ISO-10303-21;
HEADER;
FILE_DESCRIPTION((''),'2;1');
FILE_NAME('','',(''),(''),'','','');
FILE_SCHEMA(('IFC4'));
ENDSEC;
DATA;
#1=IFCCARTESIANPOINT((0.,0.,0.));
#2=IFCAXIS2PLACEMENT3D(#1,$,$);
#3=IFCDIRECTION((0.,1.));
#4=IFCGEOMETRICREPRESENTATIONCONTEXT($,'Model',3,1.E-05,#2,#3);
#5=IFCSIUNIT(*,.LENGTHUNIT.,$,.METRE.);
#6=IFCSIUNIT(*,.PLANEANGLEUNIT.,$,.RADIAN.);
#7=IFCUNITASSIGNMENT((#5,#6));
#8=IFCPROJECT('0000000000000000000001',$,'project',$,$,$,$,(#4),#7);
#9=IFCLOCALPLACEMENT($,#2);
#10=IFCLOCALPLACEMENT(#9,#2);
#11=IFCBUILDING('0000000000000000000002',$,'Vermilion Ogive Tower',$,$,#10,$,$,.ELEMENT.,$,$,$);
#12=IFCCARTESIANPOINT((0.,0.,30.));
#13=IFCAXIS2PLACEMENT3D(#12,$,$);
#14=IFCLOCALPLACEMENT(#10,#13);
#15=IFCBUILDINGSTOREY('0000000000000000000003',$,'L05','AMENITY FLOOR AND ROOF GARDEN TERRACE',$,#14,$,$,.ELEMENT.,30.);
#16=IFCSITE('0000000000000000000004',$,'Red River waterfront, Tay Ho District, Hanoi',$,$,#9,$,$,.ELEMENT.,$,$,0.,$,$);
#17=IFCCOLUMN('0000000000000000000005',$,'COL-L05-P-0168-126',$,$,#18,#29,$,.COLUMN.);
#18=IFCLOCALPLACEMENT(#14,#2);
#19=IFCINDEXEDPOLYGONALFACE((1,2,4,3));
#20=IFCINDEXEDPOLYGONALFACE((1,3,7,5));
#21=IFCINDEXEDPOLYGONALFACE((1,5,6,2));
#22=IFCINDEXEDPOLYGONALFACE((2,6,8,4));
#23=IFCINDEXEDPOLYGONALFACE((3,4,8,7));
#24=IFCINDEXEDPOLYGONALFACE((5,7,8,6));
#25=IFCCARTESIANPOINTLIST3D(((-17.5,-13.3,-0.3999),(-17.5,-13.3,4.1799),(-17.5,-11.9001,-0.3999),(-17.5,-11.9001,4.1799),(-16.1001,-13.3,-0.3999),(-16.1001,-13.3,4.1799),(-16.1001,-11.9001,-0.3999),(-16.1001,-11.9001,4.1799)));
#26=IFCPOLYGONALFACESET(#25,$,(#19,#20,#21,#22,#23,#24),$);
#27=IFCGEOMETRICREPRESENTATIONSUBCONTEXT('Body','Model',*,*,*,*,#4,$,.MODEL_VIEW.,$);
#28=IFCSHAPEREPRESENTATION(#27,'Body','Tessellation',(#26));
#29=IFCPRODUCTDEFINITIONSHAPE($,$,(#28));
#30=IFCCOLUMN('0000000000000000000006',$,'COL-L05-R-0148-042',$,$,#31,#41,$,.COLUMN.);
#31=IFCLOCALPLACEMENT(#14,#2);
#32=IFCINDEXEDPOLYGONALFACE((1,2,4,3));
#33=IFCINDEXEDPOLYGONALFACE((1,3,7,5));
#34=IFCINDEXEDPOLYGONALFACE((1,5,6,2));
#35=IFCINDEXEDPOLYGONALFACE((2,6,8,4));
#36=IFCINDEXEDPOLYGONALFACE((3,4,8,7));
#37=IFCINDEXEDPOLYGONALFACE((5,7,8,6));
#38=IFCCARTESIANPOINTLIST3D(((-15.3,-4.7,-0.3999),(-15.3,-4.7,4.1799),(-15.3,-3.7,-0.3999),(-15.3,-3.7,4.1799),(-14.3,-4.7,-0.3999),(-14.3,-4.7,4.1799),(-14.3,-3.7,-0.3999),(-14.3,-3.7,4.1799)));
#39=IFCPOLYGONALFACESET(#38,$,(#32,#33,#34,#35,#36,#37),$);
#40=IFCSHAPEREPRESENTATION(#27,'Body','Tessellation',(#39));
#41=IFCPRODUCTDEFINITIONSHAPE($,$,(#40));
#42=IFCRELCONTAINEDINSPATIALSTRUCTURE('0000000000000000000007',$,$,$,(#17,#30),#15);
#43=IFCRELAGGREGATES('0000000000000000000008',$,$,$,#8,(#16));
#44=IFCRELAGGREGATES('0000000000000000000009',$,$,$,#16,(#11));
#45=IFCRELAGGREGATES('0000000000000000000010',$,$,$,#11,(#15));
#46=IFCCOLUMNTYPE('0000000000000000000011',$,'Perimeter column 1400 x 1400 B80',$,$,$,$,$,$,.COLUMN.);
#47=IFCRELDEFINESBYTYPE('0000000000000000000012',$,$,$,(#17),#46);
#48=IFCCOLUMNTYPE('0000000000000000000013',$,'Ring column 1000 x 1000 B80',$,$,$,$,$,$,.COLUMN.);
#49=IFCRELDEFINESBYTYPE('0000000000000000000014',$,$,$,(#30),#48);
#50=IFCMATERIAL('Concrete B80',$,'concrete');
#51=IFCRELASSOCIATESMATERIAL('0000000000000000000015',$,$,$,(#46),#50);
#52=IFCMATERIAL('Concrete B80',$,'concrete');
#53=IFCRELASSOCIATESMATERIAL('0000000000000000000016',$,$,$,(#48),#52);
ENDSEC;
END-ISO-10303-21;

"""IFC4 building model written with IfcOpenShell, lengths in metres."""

from ifc_helpers import new_model, si_unit, direction, frame, origin, origin_2d, place, context, subcontext, project, spatial, rectangle, extrude, material, material_profile, profile_set, type_object, element, save


model = new_model("IFC4")

# Units and contexts
model_context = context("Model", 3, precision=1e-05, world=origin(), true_north=direction((0.0, 1.0)))
body_context = subcontext(model_context, "Body", "Model", "MODEL_VIEW")
ifc_project = project(units=[si_unit("LENGTHUNIT", "METRE"), si_unit("PLANEANGLEUNIT", "RADIAN")], contexts=[model_context])

# Site, building, storey
site_placement = place(None, origin())
site = spatial("IfcSite", under=ifc_project, at=site_placement, Name="Red River waterfront, Tay Ho District, Hanoi", CompositionType="ELEMENT", RefElevation=0.0)
building_placement = place(site_placement, origin())
building = spatial("IfcBuilding", under=site, at=building_placement, Name="Vermilion Ogive Tower", CompositionType="ELEMENT")
storey_placement = place(building_placement, frame((0.0, 0.0, 30.0)))
storey = spatial("IfcBuildingStorey", under=building, at=storey_placement, Name="L05", Description="AMENITY FLOOR AND ROOF GARDEN TERRACE", CompositionType="ELEMENT", Elevation=30.0)

# Columns
ifc_material_1 = material(Name="Concrete B80", Category="concrete")
ifc_material_profile_1 = material_profile(ifc_material_1, rectangle(XDim=1.3999, YDim=1.3999, at=origin_2d()), Name="1400 x 1400")
ifc_profile_set_1 = profile_set([ifc_material_profile_1], Name="Concrete B80")
column_type_1 = type_object("IfcColumnType", Name="Perimeter column 1400 x 1400 B80", PredefinedType="COLUMN", material=ifc_profile_set_1)
column_1_placement = place(storey_placement, frame((-16.8, -12.6001, -0.3999), z_axis=(0.0, 0.0, 1.0), x_axis=(1.0, 0.0, 0.0)))
element("IfcColumn", 1, at=column_1_placement, inside=storey, type_object=column_type_1, Name="COL-L05-P-0168-126", PredefinedType="COLUMN", context=body_context, shape_type="SweptSolid", body=[
    extrude(rectangle(XDim=1.3999, YDim=1.3999, at=origin_2d()), origin(), (0.0, 0.0, 1.0), 4.5798),
])
ifc_material_2 = material(Name="Concrete B80", Category="concrete")
ifc_material_profile_2 = material_profile(ifc_material_2, rectangle(XDim=1.0, YDim=1.0, at=origin_2d()), Name="1000 x 1000")
ifc_profile_set_2 = profile_set([ifc_material_profile_2], Name="Concrete B80")
column_type_2 = type_object("IfcColumnType", Name="Ring column 1000 x 1000 B80", PredefinedType="COLUMN", material=ifc_profile_set_2)
column_2_placement = place(storey_placement, frame((-14.8, -4.2, -0.3999), z_axis=(0.0, 0.0, 1.0), x_axis=(1.0, 0.0, 0.0)))
element("IfcColumn", 2, at=column_2_placement, inside=storey, type_object=column_type_2, Name="COL-L05-R-0148-042", PredefinedType="COLUMN", context=body_context, shape_type="SweptSolid", body=[
    extrude(rectangle(XDim=1.0, YDim=1.0, at=origin_2d()), origin(), (0.0, 0.0, 1.0), 4.5798),
])

save(model, "model.ifc")
